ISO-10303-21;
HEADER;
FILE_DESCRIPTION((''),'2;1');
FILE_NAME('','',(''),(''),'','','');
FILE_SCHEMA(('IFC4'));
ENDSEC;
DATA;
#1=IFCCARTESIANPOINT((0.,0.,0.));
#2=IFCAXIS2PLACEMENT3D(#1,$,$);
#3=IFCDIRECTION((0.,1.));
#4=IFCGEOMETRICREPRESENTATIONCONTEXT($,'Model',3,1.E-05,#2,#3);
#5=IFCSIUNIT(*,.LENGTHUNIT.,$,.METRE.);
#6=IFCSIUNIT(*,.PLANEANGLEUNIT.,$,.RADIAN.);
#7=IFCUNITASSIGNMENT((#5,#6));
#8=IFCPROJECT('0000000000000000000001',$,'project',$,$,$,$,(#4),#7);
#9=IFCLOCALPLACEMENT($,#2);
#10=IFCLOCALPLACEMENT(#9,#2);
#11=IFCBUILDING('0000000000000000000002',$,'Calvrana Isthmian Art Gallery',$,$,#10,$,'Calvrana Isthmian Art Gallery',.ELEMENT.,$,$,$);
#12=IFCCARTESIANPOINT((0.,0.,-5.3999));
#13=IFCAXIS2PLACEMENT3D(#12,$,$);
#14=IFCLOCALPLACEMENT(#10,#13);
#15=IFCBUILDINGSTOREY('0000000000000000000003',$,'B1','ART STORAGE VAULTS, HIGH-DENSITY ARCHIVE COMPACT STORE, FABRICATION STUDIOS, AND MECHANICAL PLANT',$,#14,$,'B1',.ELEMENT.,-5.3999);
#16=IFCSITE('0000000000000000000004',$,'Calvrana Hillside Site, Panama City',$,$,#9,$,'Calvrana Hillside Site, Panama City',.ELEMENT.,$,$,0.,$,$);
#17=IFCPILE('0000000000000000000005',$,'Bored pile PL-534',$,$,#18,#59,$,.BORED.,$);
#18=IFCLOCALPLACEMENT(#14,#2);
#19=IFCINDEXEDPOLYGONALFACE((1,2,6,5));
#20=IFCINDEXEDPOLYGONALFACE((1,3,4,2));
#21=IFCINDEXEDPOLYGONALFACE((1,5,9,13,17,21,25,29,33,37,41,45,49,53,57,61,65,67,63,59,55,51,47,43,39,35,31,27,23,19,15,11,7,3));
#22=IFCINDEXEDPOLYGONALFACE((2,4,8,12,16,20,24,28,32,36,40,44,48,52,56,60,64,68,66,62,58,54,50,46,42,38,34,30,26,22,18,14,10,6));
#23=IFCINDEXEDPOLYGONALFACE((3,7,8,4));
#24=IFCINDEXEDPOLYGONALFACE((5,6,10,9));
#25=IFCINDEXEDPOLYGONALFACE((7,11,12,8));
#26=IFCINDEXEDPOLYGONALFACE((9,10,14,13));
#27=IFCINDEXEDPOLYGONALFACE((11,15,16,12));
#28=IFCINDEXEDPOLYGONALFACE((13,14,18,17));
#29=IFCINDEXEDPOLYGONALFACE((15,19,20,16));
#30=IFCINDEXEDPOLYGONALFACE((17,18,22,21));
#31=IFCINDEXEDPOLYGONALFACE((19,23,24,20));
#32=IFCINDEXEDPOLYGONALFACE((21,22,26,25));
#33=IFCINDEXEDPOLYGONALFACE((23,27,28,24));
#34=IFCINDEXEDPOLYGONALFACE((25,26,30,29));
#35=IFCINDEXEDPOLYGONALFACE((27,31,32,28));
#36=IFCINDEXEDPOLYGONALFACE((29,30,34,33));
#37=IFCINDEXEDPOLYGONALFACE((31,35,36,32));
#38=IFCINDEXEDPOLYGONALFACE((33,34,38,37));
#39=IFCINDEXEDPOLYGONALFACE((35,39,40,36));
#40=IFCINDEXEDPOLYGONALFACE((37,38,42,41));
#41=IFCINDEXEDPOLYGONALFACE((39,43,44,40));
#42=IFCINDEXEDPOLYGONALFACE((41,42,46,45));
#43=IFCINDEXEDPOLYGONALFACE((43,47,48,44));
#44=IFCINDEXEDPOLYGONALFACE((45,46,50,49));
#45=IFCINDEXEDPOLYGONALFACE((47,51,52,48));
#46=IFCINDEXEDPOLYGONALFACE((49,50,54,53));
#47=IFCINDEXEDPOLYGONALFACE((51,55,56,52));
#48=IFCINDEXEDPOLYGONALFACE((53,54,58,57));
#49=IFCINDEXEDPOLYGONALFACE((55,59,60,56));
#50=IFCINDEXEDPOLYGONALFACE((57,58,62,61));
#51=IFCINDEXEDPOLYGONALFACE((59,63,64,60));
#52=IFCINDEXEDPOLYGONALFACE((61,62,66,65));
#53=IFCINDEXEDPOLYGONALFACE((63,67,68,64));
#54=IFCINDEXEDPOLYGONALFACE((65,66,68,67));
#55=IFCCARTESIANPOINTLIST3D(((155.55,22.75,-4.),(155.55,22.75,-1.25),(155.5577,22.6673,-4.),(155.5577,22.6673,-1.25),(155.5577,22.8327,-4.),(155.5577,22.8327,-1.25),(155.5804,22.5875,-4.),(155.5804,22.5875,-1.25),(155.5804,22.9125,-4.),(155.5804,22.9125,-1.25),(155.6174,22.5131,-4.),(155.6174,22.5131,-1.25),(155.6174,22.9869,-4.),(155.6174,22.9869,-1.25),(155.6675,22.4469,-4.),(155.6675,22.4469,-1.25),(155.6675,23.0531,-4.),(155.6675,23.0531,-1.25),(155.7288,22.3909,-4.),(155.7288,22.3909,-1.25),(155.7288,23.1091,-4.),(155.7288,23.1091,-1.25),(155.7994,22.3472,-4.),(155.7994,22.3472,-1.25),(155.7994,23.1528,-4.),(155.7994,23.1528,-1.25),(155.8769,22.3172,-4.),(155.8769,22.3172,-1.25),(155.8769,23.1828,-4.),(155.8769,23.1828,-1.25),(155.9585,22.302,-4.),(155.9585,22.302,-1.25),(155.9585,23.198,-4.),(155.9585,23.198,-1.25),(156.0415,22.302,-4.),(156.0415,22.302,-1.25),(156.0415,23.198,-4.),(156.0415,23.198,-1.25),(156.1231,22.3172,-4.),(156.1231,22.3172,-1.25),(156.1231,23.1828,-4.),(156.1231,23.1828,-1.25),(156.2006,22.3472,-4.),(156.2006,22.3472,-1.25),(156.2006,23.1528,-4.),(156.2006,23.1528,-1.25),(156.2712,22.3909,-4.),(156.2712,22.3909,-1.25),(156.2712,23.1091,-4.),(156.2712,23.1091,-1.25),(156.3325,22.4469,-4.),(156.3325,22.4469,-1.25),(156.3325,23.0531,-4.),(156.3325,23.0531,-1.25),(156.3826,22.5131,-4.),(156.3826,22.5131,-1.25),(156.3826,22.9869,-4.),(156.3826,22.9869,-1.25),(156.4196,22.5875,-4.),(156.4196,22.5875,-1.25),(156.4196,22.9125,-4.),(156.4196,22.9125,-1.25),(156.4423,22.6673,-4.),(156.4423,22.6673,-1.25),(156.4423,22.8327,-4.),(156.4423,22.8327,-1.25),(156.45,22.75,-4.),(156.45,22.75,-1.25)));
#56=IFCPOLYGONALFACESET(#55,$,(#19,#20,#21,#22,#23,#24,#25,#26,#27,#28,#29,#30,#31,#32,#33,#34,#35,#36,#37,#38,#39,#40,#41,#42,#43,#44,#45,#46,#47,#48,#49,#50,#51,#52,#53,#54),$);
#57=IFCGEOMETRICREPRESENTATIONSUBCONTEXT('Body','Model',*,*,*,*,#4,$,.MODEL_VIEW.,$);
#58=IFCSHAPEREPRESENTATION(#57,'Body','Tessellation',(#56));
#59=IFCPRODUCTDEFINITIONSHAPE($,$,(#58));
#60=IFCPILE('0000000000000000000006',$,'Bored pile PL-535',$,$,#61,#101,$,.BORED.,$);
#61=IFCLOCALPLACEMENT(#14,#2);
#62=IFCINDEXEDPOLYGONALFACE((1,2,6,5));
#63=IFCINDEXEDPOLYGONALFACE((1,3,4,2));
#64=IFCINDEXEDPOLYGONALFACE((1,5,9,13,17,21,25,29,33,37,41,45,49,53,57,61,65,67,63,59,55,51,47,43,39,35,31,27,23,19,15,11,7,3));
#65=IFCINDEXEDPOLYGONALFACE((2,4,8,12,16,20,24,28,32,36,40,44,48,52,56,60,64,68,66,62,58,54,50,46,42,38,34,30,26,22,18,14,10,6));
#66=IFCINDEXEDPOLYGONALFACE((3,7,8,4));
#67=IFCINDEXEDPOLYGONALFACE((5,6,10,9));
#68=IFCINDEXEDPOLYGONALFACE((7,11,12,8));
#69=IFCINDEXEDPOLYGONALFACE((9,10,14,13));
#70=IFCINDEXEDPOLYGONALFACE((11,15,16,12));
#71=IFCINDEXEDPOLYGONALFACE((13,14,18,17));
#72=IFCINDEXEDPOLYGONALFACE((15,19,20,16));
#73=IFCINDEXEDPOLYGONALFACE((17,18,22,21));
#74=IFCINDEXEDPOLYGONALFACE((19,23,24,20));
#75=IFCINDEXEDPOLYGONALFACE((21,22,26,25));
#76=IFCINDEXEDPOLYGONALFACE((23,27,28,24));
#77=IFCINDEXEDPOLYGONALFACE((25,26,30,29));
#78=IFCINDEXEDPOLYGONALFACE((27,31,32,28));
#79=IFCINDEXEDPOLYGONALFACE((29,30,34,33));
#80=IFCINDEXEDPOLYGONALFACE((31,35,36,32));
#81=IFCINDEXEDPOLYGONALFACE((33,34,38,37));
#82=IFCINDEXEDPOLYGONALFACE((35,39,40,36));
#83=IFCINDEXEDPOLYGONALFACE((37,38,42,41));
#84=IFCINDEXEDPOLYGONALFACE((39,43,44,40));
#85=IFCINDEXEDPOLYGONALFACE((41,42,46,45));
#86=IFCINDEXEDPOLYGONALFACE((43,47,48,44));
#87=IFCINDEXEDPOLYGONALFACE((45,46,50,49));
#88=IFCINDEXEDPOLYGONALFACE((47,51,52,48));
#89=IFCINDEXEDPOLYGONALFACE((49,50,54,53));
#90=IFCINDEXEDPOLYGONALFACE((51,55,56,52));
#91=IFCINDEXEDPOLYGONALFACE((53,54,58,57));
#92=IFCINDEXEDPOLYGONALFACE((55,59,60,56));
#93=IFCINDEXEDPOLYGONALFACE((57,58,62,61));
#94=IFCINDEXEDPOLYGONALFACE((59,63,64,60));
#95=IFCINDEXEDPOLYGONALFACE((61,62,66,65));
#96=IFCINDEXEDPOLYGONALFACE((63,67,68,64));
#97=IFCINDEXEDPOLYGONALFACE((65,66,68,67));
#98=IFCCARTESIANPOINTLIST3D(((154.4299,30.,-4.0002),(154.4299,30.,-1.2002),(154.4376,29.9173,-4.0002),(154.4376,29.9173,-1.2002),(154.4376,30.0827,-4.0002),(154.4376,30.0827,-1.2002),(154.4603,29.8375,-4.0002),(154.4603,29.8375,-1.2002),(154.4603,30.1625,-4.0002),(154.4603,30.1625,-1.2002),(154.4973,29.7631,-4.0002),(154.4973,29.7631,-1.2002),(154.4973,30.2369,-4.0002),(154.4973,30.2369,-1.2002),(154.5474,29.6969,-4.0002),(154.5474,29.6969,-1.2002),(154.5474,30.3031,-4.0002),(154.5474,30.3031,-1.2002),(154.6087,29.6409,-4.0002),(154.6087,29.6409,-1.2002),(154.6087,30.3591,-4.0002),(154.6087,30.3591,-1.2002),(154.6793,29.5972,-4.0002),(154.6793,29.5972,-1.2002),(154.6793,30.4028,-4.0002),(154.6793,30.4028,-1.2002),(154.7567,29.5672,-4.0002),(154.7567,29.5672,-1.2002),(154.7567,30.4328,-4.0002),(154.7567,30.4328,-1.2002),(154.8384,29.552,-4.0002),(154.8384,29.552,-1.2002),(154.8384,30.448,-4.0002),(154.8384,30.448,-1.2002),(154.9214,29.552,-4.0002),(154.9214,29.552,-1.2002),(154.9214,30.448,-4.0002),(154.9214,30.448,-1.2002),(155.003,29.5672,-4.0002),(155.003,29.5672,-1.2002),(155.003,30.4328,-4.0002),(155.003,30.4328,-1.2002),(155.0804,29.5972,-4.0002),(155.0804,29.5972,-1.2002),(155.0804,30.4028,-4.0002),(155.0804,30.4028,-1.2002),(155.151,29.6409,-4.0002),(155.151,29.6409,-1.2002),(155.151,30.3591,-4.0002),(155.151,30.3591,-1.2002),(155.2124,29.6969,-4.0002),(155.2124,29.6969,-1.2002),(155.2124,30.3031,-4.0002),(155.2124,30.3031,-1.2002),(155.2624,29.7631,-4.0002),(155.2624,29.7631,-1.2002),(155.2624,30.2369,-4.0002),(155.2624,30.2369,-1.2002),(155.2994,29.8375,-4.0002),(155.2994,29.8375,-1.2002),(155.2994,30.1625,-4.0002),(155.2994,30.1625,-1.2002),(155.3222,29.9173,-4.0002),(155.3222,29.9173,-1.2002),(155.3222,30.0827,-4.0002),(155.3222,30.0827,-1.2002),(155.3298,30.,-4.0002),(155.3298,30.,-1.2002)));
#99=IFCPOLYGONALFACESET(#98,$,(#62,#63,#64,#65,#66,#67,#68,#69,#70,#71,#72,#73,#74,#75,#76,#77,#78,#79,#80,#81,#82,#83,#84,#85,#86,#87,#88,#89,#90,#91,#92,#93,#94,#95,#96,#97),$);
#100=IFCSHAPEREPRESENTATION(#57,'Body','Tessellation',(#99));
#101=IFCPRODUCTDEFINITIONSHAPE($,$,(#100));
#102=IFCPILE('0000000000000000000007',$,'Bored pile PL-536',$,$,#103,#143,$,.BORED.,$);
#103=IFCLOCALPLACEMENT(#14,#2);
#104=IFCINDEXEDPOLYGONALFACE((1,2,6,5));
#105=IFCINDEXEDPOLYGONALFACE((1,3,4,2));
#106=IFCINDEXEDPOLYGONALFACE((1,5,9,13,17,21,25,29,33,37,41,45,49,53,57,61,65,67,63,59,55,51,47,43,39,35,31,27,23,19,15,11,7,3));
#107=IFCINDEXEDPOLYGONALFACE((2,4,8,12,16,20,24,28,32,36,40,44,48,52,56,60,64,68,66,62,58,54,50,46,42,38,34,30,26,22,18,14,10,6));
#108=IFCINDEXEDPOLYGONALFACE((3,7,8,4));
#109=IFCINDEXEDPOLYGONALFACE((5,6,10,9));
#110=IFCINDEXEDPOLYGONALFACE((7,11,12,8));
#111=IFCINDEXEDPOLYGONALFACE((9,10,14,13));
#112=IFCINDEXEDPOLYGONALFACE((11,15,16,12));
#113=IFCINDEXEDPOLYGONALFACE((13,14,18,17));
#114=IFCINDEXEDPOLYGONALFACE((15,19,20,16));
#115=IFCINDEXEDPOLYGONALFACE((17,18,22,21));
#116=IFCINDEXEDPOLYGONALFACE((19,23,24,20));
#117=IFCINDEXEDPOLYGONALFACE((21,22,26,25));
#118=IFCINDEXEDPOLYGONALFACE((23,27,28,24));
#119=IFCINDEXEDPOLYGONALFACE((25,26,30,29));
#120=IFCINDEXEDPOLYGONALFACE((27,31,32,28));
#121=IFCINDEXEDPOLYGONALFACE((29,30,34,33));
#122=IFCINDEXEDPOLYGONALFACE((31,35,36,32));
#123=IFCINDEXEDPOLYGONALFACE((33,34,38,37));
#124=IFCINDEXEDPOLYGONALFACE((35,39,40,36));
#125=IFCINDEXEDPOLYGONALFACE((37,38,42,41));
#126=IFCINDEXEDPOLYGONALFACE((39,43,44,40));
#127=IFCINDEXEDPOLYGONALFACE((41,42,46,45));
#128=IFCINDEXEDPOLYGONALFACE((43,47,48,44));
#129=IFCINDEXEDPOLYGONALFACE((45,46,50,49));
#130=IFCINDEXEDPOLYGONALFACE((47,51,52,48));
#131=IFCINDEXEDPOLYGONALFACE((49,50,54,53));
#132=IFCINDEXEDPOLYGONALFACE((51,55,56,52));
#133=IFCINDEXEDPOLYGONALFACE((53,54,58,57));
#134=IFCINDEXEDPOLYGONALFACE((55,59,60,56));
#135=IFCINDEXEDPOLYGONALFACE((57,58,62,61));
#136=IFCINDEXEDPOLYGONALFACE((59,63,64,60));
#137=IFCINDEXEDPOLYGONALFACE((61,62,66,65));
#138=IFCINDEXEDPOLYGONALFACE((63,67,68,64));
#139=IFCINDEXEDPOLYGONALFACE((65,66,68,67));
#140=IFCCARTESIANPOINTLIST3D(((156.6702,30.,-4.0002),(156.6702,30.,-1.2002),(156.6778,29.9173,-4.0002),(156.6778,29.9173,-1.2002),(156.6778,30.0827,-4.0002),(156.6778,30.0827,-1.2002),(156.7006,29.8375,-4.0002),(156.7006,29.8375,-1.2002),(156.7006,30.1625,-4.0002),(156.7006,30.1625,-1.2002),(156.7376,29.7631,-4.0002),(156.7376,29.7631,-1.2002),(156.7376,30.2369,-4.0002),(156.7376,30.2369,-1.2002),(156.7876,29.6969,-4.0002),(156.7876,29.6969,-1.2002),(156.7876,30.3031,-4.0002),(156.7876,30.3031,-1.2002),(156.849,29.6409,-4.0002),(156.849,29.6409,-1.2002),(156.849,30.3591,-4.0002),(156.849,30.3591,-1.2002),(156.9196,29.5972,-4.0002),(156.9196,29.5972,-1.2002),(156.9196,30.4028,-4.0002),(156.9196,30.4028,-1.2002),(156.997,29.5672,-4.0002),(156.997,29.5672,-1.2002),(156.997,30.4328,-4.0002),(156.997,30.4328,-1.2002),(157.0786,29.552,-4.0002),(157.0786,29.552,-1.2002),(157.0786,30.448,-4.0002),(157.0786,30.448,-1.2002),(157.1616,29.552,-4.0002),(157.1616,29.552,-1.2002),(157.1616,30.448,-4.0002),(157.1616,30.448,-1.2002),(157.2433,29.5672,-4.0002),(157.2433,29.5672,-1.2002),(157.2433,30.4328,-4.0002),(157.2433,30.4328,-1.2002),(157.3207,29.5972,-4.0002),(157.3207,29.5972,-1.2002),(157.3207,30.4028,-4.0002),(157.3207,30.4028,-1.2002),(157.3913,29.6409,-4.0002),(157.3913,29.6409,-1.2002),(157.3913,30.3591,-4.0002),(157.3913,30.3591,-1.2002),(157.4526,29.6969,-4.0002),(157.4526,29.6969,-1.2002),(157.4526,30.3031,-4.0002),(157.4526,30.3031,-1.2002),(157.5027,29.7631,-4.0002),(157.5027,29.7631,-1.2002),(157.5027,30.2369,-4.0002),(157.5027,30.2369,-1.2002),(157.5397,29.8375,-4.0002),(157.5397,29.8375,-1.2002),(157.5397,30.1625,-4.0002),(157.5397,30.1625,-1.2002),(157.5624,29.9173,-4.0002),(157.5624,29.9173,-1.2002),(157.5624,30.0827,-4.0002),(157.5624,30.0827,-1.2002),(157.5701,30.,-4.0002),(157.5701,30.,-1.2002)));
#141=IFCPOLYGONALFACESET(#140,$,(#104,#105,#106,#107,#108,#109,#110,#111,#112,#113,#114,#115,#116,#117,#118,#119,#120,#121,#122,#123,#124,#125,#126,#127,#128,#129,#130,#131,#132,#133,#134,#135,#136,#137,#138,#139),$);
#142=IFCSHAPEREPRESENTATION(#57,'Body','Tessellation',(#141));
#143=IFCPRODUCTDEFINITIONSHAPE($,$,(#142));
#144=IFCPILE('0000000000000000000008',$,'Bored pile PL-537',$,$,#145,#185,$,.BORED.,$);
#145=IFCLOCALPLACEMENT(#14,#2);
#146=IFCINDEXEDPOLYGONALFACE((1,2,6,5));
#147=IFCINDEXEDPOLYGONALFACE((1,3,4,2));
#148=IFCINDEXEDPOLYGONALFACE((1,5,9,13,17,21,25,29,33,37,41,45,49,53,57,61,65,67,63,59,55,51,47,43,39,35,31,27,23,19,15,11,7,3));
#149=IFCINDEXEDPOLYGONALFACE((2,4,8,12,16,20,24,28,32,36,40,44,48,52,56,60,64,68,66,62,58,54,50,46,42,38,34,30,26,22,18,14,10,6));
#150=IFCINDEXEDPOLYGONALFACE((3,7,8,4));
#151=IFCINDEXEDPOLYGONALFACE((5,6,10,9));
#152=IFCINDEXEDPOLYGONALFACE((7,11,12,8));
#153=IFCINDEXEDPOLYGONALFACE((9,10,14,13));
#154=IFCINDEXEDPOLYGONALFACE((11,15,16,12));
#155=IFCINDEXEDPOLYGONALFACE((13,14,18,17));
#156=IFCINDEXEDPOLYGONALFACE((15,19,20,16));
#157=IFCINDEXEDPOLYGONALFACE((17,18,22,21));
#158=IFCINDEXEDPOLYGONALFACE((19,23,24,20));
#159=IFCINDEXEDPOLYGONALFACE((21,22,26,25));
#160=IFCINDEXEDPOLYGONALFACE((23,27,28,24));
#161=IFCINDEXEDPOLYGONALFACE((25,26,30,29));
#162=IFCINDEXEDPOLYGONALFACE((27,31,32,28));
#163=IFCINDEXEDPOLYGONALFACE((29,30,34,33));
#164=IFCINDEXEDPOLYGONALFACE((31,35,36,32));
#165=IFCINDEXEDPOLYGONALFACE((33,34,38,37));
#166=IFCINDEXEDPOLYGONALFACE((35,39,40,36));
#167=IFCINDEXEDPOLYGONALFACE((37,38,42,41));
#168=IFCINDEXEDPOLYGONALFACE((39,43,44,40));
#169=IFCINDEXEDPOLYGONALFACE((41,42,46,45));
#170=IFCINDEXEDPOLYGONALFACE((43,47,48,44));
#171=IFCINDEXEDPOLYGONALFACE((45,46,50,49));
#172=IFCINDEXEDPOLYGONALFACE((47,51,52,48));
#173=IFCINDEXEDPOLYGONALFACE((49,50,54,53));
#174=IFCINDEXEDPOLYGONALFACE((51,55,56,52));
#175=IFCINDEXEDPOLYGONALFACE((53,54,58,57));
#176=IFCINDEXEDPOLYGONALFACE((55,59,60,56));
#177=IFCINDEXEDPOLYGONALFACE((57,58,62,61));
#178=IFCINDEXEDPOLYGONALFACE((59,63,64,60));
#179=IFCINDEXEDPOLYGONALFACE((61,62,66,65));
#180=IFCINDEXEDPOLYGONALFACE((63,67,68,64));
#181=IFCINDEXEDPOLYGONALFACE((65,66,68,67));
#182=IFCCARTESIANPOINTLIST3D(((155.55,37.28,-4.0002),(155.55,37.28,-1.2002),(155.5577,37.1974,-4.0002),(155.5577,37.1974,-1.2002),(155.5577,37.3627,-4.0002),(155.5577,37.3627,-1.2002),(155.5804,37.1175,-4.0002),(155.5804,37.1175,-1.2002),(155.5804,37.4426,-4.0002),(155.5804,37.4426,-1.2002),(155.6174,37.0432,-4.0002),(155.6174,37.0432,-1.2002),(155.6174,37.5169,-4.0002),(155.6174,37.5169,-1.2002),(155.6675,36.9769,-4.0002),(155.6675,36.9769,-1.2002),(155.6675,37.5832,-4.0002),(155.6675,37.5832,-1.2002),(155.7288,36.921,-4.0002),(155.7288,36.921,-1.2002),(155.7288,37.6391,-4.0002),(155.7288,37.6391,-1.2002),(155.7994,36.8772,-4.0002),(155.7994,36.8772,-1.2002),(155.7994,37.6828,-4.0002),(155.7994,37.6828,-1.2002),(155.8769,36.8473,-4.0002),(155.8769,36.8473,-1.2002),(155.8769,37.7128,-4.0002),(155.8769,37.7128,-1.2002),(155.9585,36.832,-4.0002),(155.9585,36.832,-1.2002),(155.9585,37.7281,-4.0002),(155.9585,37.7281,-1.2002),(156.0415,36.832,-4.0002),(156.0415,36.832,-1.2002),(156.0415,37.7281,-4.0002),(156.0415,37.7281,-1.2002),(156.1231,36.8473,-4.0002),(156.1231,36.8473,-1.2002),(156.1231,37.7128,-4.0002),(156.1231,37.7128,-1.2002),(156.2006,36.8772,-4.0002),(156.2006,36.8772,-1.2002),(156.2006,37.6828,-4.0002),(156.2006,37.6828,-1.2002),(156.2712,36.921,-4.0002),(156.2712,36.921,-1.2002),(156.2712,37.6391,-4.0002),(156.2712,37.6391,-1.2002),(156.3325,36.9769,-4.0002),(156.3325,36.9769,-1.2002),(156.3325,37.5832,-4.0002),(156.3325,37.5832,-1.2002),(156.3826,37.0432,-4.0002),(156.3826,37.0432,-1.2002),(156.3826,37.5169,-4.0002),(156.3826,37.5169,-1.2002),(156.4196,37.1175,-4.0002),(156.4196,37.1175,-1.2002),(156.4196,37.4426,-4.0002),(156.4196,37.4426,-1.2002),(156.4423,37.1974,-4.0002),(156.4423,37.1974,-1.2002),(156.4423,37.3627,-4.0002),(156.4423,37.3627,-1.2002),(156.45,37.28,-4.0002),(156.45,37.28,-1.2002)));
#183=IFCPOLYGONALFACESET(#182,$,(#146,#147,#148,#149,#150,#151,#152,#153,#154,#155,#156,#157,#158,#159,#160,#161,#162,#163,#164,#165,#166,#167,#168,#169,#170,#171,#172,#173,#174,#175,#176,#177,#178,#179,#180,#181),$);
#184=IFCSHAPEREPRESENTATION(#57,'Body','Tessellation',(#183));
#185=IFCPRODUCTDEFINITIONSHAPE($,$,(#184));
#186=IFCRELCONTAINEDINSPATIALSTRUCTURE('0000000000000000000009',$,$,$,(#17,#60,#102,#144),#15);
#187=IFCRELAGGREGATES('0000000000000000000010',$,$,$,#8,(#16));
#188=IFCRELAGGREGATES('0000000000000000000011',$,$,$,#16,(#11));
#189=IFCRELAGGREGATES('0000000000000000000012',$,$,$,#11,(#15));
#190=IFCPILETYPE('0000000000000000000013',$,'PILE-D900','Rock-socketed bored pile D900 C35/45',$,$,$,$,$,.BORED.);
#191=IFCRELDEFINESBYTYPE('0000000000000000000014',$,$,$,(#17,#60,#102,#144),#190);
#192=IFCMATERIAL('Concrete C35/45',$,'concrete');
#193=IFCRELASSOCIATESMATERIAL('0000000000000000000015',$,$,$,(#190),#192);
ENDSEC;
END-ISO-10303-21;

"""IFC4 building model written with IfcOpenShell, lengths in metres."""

from ifc_helpers import new_model, si_unit, direction, frame, origin, origin_2d, place, context, subcontext, project, spatial, circle, extrude, material, material_profile, profile_set, type_object, element, save


model = new_model("IFC4")

# Units and contexts
model_context = context("Model", 3, precision=1e-05, world=origin(), true_north=direction((0.0, 1.0)))
body_context = subcontext(model_context, "Body", "Model", "MODEL_VIEW")
ifc_project = project(units=[si_unit("LENGTHUNIT", "METRE"), si_unit("PLANEANGLEUNIT", "RADIAN")], contexts=[model_context])

# Site, building, storey
site_placement = place(None, origin())
site = spatial("IfcSite", under=ifc_project, at=site_placement, Name="Calvrana Hillside Site, Panama City", LongName="Calvrana Hillside Site, Panama City", CompositionType="ELEMENT", RefElevation=0.0)
building_placement = place(site_placement, origin())
building = spatial("IfcBuilding", under=site, at=building_placement, Name="Calvrana Isthmian Art Gallery", LongName="Calvrana Isthmian Art Gallery", CompositionType="ELEMENT")
storey_placement = place(building_placement, frame((0.0, 0.0, -5.3999)))
storey = spatial("IfcBuildingStorey", under=building, at=storey_placement, Name="B1", Description="ART STORAGE VAULTS, HIGH-DENSITY ARCHIVE COMPACT STORE, FABRICATION STUDIOS, AND MECHANICAL PLANT", LongName="B1", CompositionType="ELEMENT", Elevation=-5.3999)

# Shared definitions
ifc_material_1 = material(Name="Concrete C35/45", Category="concrete")

# Piles
ifc_material_profile_1 = material_profile(ifc_material_1, circle(Radius=0.45, at=origin_2d()), Name="PILE900D")
ifc_profile_set_1 = profile_set([ifc_material_profile_1], Name="Concrete C35/45")
pile_type_1 = type_object("IfcPileType", Name="PILE-D900", Description="Rock-socketed bored pile D900 C35/45", PredefinedType="BORED", material=ifc_profile_set_1)
for number, where, z_axis, x_axis, name in (
    (1, (156.0, 22.75, -1.25), (0.0, 0.0, -1.0), (1.0, 0.0, 0.0), "Bored pile PL-534"),
):
    element("IfcPile", number, at=place(storey_placement, frame(where, z_axis=z_axis, x_axis=x_axis)), inside=storey, type_object=pile_type_1, Name=name, PredefinedType="BORED", context=body_context, shape_type="SweptSolid", body=[
        extrude(circle(Radius=0.45, at=origin_2d()), origin(), (0.0, 0.0, 1.0), 2.75),
    ])
for number, where, z_axis, x_axis, name in (
    (2, (154.8799, 30.0, -1.2002), (0.0, 0.0, -1.0), (1.0, 0.0, 0.0), "Bored pile PL-535"),
    (3, (157.1201, 30.0, -1.2002), (0.0, 0.0, -1.0), (1.0, 0.0, 0.0), "Bored pile PL-536"),
    (4, (156.0, 37.28, -1.2002), (0.0, 0.0, -1.0), (1.0, 0.0, 0.0), "Bored pile PL-537"),
):
    element("IfcPile", number, at=place(storey_placement, frame(where, z_axis=z_axis, x_axis=x_axis)), inside=storey, type_object=pile_type_1, Name=name, PredefinedType="BORED", context=body_context, shape_type="SweptSolid", body=[
        extrude(circle(Radius=0.45, at=origin_2d()), origin(), (0.0, 0.0, 1.0), 2.8),
    ])

save(model, "model.ifc")
